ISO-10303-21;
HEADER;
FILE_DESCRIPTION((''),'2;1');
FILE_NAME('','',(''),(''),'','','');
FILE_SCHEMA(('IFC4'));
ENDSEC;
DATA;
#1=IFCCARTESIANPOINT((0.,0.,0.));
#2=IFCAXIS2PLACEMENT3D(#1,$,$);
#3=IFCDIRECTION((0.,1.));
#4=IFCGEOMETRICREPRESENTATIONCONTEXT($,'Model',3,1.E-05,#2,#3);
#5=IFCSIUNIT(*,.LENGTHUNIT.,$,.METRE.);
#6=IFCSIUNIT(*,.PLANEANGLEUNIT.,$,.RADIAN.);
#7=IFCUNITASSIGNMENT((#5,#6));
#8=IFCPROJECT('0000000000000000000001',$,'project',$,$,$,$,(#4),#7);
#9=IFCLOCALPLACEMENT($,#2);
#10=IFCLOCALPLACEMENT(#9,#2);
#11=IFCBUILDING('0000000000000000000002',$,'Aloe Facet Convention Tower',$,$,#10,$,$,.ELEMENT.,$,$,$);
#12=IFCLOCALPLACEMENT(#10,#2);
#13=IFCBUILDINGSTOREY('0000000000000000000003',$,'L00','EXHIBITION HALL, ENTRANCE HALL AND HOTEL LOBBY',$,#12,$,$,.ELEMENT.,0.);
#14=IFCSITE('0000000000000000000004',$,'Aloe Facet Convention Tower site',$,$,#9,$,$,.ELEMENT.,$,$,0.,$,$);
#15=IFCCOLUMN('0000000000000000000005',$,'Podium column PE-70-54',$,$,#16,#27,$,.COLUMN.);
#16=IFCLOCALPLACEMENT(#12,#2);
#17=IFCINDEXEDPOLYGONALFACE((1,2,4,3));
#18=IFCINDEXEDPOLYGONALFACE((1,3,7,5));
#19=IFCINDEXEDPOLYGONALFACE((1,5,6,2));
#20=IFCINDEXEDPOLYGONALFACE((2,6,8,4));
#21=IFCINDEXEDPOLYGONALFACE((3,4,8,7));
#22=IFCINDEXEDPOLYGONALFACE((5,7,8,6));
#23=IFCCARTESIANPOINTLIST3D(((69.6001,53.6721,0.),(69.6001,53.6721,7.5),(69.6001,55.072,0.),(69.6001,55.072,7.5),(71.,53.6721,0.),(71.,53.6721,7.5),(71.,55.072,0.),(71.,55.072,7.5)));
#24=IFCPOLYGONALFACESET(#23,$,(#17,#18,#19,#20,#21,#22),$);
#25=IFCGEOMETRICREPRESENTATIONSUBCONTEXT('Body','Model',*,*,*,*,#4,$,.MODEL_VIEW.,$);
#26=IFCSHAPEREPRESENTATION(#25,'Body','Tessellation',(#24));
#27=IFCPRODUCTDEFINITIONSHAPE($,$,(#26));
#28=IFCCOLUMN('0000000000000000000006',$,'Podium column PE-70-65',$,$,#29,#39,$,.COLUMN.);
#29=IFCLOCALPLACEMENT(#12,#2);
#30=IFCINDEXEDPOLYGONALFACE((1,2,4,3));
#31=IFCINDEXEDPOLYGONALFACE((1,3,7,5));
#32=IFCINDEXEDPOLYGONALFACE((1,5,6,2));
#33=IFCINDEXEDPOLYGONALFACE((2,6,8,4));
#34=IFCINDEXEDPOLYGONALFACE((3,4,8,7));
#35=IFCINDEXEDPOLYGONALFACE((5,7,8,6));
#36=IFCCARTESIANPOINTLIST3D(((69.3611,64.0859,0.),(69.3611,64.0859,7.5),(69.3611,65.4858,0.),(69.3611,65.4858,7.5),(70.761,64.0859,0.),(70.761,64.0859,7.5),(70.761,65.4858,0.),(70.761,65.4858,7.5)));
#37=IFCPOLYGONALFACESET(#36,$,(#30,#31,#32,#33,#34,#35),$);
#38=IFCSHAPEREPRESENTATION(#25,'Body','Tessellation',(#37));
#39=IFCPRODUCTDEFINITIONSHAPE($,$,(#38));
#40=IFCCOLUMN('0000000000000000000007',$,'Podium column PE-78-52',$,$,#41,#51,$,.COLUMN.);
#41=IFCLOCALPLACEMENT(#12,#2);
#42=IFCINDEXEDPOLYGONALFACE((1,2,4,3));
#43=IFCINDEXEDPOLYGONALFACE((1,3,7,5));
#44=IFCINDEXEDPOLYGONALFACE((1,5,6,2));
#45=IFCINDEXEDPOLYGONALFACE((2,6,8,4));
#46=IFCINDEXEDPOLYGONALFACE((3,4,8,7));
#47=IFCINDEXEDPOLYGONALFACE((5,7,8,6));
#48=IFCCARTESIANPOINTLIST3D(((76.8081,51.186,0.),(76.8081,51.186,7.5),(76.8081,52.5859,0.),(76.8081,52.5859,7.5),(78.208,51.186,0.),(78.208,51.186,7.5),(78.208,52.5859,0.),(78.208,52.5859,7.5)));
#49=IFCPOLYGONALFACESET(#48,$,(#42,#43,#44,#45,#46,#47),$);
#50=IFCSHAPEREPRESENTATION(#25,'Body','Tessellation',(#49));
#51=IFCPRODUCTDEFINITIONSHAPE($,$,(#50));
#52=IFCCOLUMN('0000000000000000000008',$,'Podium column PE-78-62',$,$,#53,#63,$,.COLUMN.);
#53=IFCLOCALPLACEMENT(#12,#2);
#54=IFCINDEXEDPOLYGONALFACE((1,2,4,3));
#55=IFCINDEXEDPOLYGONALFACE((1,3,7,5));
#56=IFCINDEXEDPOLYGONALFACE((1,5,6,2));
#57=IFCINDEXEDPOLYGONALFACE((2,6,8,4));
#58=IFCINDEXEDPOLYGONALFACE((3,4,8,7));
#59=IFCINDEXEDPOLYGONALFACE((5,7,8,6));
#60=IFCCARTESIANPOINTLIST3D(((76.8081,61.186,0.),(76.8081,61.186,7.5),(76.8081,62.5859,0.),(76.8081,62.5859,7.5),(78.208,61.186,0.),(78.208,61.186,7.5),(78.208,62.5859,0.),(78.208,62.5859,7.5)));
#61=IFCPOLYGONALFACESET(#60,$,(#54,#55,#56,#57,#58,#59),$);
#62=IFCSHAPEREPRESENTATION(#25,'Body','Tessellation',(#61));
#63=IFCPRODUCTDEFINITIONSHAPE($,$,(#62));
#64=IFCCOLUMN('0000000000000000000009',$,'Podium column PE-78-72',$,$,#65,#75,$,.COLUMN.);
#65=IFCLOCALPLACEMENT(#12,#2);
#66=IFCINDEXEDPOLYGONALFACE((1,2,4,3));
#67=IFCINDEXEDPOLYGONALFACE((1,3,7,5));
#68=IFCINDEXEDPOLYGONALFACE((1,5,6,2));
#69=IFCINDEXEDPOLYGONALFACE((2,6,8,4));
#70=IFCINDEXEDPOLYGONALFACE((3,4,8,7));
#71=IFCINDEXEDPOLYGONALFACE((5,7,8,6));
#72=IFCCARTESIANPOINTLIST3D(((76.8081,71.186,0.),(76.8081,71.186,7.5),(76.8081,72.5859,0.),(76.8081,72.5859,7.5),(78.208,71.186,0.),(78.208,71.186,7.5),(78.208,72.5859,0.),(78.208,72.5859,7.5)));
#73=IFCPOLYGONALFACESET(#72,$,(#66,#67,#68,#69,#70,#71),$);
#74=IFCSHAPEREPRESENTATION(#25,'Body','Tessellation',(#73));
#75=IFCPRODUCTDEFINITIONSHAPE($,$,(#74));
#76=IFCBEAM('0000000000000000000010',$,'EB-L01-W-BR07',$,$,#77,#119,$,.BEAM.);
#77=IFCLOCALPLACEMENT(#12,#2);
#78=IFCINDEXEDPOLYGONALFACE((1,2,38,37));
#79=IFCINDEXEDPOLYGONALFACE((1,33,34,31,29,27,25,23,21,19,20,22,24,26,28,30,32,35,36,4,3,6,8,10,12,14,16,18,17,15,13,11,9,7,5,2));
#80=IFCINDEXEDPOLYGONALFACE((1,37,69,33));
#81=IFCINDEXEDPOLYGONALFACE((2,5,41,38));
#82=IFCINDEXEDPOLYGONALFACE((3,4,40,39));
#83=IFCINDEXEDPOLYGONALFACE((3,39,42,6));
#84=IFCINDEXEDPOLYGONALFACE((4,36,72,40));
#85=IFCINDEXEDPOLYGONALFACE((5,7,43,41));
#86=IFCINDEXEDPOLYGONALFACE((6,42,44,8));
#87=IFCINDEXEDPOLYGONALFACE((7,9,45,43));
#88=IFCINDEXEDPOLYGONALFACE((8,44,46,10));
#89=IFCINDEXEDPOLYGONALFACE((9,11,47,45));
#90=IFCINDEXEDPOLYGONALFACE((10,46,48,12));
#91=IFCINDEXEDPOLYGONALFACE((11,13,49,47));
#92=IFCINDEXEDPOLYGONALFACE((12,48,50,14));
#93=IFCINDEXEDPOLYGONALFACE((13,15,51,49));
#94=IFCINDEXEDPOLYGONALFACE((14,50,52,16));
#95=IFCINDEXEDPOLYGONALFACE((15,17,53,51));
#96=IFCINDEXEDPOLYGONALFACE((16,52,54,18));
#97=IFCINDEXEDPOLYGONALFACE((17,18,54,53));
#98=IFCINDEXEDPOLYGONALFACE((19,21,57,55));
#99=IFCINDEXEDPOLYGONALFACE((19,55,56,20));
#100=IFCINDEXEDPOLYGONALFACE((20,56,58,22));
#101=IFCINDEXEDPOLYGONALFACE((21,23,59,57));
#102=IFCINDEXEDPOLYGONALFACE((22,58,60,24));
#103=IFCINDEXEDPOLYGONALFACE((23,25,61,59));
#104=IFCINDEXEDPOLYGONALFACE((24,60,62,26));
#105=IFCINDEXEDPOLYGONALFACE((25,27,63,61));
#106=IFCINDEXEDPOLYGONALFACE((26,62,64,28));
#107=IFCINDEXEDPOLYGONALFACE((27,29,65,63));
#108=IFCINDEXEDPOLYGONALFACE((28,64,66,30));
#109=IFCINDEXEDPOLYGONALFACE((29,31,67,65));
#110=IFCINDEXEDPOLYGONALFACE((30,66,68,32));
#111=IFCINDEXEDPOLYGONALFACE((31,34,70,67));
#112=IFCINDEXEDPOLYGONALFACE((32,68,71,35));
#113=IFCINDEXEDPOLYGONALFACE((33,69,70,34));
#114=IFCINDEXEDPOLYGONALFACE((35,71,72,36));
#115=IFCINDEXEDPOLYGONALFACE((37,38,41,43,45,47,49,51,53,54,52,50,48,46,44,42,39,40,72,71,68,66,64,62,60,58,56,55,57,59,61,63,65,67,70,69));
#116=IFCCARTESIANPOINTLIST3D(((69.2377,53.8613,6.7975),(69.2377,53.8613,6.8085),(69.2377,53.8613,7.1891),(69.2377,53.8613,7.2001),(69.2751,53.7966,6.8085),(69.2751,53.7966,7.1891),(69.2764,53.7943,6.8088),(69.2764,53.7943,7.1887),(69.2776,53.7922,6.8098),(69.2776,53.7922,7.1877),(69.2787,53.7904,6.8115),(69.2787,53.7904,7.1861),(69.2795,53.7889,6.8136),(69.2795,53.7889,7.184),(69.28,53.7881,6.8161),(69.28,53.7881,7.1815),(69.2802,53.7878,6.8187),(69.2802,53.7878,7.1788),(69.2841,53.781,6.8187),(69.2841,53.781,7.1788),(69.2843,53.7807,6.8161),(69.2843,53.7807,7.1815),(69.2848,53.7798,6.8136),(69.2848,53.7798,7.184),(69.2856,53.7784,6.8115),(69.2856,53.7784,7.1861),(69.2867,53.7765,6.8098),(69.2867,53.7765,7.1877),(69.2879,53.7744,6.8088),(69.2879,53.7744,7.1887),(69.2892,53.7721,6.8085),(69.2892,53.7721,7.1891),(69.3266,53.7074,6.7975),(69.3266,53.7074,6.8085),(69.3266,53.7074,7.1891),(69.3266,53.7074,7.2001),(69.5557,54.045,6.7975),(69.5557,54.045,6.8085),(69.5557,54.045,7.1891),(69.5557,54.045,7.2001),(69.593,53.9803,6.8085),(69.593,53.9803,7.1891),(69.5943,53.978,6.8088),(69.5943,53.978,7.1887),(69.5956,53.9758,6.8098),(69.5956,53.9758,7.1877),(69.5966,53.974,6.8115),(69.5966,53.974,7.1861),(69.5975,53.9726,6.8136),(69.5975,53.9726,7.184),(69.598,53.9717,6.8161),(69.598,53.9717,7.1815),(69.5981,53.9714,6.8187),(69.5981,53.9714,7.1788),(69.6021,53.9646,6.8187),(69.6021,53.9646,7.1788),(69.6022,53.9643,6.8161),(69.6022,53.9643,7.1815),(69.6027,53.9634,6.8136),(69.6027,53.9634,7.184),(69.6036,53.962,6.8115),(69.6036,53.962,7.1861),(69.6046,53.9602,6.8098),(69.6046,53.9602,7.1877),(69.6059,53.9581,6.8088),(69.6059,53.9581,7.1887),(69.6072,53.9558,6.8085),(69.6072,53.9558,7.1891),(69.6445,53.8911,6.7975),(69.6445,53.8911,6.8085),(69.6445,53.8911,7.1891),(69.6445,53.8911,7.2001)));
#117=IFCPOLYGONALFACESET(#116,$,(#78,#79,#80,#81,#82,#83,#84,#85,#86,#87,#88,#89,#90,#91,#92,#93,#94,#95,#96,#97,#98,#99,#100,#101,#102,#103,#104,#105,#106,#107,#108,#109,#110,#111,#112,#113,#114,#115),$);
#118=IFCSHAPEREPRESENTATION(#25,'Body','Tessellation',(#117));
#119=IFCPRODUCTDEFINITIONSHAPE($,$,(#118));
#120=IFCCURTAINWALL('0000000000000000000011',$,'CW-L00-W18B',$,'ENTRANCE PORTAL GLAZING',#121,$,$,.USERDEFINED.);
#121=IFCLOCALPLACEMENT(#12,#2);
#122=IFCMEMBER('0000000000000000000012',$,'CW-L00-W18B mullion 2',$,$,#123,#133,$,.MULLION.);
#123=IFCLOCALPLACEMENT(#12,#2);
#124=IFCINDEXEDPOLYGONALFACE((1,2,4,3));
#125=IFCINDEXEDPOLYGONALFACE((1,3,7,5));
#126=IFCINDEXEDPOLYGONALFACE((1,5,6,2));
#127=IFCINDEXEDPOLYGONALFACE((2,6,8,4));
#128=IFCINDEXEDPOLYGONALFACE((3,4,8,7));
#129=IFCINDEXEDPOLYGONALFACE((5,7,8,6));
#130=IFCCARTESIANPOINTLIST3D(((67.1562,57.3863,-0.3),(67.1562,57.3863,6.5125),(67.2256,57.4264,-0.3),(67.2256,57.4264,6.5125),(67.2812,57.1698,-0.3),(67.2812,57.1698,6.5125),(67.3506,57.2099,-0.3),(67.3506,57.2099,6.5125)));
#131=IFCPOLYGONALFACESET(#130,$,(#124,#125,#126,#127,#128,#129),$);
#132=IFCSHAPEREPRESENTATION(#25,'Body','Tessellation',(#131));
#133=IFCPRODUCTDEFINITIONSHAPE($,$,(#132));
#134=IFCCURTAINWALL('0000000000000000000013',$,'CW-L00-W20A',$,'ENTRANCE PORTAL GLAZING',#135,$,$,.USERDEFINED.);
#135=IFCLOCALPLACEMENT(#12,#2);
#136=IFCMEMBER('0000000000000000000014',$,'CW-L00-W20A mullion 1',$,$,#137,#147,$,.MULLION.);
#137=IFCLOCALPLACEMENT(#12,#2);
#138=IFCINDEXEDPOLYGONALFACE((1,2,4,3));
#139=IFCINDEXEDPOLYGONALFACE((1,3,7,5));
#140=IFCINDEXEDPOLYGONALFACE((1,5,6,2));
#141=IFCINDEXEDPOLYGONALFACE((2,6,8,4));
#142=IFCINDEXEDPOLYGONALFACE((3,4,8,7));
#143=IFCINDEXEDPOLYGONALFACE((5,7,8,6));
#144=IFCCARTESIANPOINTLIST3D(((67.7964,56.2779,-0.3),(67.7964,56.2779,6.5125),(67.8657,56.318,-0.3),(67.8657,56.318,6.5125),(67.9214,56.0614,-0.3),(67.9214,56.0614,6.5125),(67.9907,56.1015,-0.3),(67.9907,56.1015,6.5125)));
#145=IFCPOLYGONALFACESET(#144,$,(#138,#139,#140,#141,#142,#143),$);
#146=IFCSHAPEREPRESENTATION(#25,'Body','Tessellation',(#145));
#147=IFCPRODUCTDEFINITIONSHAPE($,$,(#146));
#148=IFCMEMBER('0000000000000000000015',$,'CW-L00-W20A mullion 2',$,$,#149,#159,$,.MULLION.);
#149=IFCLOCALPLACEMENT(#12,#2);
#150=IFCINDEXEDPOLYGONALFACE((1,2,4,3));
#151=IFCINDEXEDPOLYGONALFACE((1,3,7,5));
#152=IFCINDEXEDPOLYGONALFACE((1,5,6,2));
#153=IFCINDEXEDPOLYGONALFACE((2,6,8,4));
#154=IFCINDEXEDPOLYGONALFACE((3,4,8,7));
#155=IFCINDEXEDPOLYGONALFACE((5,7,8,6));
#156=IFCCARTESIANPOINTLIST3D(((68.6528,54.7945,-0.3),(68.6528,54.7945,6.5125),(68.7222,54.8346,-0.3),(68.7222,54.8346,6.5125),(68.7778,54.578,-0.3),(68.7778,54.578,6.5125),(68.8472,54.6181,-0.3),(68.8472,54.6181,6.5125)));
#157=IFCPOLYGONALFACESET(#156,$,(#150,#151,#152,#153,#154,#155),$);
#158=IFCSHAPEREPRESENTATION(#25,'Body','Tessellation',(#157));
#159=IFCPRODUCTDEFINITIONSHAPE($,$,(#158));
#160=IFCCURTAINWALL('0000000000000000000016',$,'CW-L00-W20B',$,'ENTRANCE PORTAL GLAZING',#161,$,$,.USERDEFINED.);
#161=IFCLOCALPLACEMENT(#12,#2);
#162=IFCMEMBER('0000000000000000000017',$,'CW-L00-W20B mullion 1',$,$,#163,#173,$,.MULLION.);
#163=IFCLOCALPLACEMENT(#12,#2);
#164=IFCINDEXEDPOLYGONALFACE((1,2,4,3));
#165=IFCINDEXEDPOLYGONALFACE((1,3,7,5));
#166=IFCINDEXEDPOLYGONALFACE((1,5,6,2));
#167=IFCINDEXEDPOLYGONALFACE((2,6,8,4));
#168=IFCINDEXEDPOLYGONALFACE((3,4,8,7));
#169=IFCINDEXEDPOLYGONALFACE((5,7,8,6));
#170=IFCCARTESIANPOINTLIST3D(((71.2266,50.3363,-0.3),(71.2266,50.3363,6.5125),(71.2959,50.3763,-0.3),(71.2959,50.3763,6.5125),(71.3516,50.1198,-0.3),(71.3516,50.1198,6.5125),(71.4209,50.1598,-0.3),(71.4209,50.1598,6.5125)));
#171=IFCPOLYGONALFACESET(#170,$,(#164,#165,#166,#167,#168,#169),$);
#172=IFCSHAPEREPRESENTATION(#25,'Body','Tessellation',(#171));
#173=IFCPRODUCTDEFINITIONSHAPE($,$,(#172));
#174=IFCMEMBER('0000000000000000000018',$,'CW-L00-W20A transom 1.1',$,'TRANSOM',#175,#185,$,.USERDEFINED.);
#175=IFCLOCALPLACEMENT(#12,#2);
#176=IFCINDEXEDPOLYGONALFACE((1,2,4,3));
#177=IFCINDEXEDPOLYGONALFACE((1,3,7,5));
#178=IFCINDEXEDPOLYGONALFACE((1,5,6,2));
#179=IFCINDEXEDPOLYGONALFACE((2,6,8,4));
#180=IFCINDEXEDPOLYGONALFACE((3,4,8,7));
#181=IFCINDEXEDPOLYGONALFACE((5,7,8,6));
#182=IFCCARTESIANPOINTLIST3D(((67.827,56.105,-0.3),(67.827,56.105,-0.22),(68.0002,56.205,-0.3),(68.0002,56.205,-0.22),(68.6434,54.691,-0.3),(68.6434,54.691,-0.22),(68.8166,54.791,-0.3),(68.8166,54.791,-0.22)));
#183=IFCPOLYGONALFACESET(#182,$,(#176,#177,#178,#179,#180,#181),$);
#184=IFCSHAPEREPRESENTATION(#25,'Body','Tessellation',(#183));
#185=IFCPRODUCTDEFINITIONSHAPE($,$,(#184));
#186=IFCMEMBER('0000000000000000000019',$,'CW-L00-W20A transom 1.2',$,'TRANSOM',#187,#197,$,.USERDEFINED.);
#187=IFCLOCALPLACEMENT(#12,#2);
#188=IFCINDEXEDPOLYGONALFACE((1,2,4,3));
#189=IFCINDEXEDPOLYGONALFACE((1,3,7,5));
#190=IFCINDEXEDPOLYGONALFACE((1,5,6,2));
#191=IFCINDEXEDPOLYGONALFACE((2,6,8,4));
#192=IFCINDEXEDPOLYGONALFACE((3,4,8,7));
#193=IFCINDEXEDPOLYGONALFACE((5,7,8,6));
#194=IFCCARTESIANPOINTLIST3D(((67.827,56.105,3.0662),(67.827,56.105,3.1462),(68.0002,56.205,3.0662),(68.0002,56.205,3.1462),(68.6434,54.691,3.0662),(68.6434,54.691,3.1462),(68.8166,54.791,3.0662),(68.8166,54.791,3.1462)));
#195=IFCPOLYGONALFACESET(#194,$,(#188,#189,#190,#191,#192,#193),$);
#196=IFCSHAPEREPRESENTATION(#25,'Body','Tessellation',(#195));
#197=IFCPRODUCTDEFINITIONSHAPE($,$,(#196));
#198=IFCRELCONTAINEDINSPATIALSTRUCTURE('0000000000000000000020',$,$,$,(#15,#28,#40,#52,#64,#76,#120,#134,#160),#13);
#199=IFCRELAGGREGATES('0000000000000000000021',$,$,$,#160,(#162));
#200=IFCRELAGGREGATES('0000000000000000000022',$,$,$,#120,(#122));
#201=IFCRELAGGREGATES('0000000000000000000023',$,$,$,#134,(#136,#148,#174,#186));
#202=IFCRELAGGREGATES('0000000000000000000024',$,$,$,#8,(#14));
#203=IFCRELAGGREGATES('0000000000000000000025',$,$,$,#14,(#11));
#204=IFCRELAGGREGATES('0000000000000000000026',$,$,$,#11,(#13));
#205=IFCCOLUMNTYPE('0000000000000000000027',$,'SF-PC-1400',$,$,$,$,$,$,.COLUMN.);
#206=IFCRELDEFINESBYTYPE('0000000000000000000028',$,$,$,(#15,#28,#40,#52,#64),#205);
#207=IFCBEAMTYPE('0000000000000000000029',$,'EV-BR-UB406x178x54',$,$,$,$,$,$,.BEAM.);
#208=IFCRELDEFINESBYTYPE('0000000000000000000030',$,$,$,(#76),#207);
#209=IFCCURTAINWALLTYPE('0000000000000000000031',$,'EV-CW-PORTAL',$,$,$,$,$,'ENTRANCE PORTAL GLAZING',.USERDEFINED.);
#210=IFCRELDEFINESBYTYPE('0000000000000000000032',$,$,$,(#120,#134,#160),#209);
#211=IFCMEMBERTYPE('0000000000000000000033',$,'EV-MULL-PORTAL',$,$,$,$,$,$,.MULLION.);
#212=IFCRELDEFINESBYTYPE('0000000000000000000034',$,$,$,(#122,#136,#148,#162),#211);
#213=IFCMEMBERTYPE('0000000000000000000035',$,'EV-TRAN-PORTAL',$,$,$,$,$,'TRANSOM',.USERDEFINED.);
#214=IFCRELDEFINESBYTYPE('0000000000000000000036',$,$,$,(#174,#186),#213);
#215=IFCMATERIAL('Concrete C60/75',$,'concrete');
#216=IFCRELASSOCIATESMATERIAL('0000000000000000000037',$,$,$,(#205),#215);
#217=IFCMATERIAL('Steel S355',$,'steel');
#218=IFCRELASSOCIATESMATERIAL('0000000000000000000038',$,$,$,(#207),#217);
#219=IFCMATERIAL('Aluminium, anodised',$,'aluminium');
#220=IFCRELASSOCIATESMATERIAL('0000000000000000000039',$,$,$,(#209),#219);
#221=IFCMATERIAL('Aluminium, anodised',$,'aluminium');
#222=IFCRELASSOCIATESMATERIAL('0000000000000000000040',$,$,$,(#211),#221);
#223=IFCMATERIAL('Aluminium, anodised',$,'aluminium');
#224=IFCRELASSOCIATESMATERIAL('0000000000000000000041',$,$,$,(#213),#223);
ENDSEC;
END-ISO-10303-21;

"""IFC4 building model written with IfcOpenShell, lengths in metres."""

from ifc_helpers import new_model, si_unit, direction, frame, origin, origin_2d, place, context, subcontext, project, spatial, rectangle, i_section, extrude, material, material_profile, profile_set, type_object, element, aggregate, save


model = new_model("IFC4")

# Units and contexts
model_context = context("Model", 3, precision=1e-05, world=origin(), true_north=direction((0.0, 1.0)))
body_context = subcontext(model_context, "Body", "Model", "MODEL_VIEW")
ifc_project = project(units=[si_unit("LENGTHUNIT", "METRE"), si_unit("PLANEANGLEUNIT", "RADIAN")], contexts=[model_context])

# Site, building, storey
site_placement = place(None, origin())
site = spatial("IfcSite", under=ifc_project, at=site_placement, Name="Aloe Facet Convention Tower site", CompositionType="ELEMENT", RefElevation=0.0)
building_placement = place(site_placement, origin())
building = spatial("IfcBuilding", under=site, at=building_placement, Name="Aloe Facet Convention Tower", CompositionType="ELEMENT")
storey_placement = place(building_placement, origin())
storey = spatial("IfcBuildingStorey", under=building, at=storey_placement, Name="L00", Description="EXHIBITION HALL, ENTRANCE HALL AND HOTEL LOBBY", CompositionType="ELEMENT", Elevation=0.0)

# Columns
ifc_material_1 = material(Name="Concrete C60/75", Category="concrete")
ifc_material_profile_1 = material_profile(ifc_material_1, rectangle(XDim=1.3999, YDim=1.3999, at=origin_2d()), Name="SF-PC-1400")
ifc_profile_set_1 = profile_set([ifc_material_profile_1], Name="Concrete C60/75")
column_type = type_object("IfcColumnType", Name="SF-PC-1400", PredefinedType="COLUMN", material=ifc_profile_set_1)
for number, where, z_axis, x_axis, name in (
    (1, (70.3, 54.3721, 0.0), (0.0, 0.0, 1.0), (1.0, 0.0, 0.0), "Podium column PE-70-54"),
    (2, (70.061, 64.7859, 0.0), (0.0, 0.0, 1.0), (1.0, 0.0, 0.0), "Podium column PE-70-65"),
    (3, (77.5081, 51.886, 0.0), (0.0, 0.0, 1.0), (1.0, 0.0, 0.0), "Podium column PE-78-52"),
    (4, (77.5081, 61.886, 0.0), (0.0, 0.0, 1.0), (1.0, 0.0, 0.0), "Podium column PE-78-62"),
    (5, (77.5081, 71.886, 0.0), (0.0, 0.0, 1.0), (1.0, 0.0, 0.0), "Podium column PE-78-72"),
):
    element("IfcColumn", number, at=place(storey_placement, frame(where, z_axis=z_axis, x_axis=x_axis)), inside=storey, type_object=column_type, Name=name, PredefinedType="COLUMN", context=body_context, shape_type="SweptSolid", body=[
        extrude(rectangle(XDim=1.3999, YDim=1.3999, at=origin_2d()), origin(), (0.0, 0.0, 1.0), 7.5),
    ])

# Beam
ifc_material_2 = material(Name="Steel S355", Category="steel")
ifc_material_profile_2 = material_profile(ifc_material_2, i_section(OverallWidth=0.1777, OverallDepth=0.4026, WebThickness=0.0078, FlangeThickness=0.011, FilletRadius=0.0103, at=origin_2d()), Name="UB 406x178x54")
ifc_profile_set_2 = profile_set([ifc_material_profile_2], Name="Steel S355")
beam_type_1 = type_object("IfcBeamType", Name="EV-BR-UB406x178x54", PredefinedType="BEAM", material=ifc_profile_set_2)
beam_1_placement = place(storey_placement, frame((69.6001, 53.968, 6.9988), z_axis=(-0.865942, -0.500145, 0.0), x_axis=(0.500145, -0.865942, 0.0)))
element("IfcBeam", 6, at=beam_1_placement, inside=storey, type_object=beam_type_1, Name="EB-L01-W-BR07", PredefinedType="BEAM", context=body_context, shape_type="SweptSolid", body=[
    extrude(i_section(OverallWidth=0.1777, OverallDepth=0.4026, WebThickness=0.0078, FlangeThickness=0.011, FilletRadius=0.0103, at=origin_2d()), origin(), (0.0, 0.0, 1.0), 0.3672),
])

# Curtain wall, member
ifc_material_3 = material(Name="Aluminium, anodised", Category="aluminium")
curtain_wall_type = type_object("IfcCurtainWallType", Name="EV-CW-PORTAL", ElementType="ENTRANCE PORTAL GLAZING", PredefinedType="USERDEFINED", material=ifc_material_3)
curtain_wall_1_placement = place(storey_placement, origin())
curtain_wall_1 = element("IfcCurtainWall", 7, at=curtain_wall_1_placement, inside=storey, type_object=curtain_wall_type, Name="CW-L00-W18B", ObjectType="ENTRANCE PORTAL GLAZING", PredefinedType="USERDEFINED")
ifc_material_4 = material(Name="Aluminium, anodised", Category="aluminium")
ifc_material_profile_3 = material_profile(ifc_material_4, rectangle(XDim=0.0801, YDim=0.25, at=origin_2d()), Name="AL 80x250")
ifc_profile_set_3 = profile_set([ifc_material_profile_3], Name="Aluminium, anodised")
member_type_1 = type_object("IfcMemberType", Name="EV-MULL-PORTAL", PredefinedType="MULLION", material=ifc_profile_set_3)
member_1_placement = place(storey_placement, frame((67.2534, 57.2981, -0.3), z_axis=(0.0, 0.0, 1.0), x_axis=(0.866025, 0.5, 0.0)))
member_1 = element("IfcMember", 8, at=member_1_placement, type_object=member_type_1, Name="CW-L00-W18B mullion 2", PredefinedType="MULLION", context=body_context, shape_type="SweptSolid", body=[
    extrude(rectangle(XDim=0.0801, YDim=0.25, at=origin_2d()), origin(), (0.0, 0.0, 1.0), 6.8125),
])

# Curtain wall, members
curtain_wall_2_placement = place(storey_placement, origin())
curtain_wall_2 = element("IfcCurtainWall", 9, at=curtain_wall_2_placement, inside=storey, type_object=curtain_wall_type, Name="CW-L00-W20A", ObjectType="ENTRANCE PORTAL GLAZING", PredefinedType="USERDEFINED")
member_2_placement = place(storey_placement, frame((67.8936, 56.1897, -0.3), z_axis=(0.0, 0.0, 1.0), x_axis=(0.866025, 0.5, 0.0)))
member_2 = element("IfcMember", 10, at=member_2_placement, type_object=member_type_1, Name="CW-L00-W20A mullion 1", PredefinedType="MULLION", context=body_context, shape_type="SweptSolid", body=[
    extrude(rectangle(XDim=0.0801, YDim=0.25, at=origin_2d()), origin(), (0.0, 0.0, 1.0), 6.8125),
])
member_3_placement = place(storey_placement, frame((68.75, 54.7063, -0.3), z_axis=(0.0, 0.0, 1.0), x_axis=(0.866025, 0.5, 0.0)))
member_3 = element("IfcMember", 11, at=member_3_placement, type_object=member_type_1, Name="CW-L00-W20A mullion 2", PredefinedType="MULLION", context=body_context, shape_type="SweptSolid", body=[
    extrude(rectangle(XDim=0.0801, YDim=0.25, at=origin_2d()), origin(), (0.0, 0.0, 1.0), 6.8125),
])

# Curtain wall, member
curtain_wall_3_placement = place(storey_placement, origin())
curtain_wall_3 = element("IfcCurtainWall", 12, at=curtain_wall_3_placement, inside=storey, type_object=curtain_wall_type, Name="CW-L00-W20B", ObjectType="ENTRANCE PORTAL GLAZING", PredefinedType="USERDEFINED")
member_4_placement = place(storey_placement, frame((71.3237, 50.248, -0.3), z_axis=(0.0, 0.0, 1.0), x_axis=(0.866025, 0.5, 0.0)))
member_4 = element("IfcMember", 13, at=member_4_placement, type_object=member_type_1, Name="CW-L00-W20B mullion 1", PredefinedType="MULLION", context=body_context, shape_type="SweptSolid", body=[
    extrude(rectangle(XDim=0.0801, YDim=0.25, at=origin_2d()), origin(), (0.0, 0.0, 1.0), 6.8125),
])
aggregate(curtain_wall_3, [member_4])

# Members
ifc_material_5 = material(Name="Aluminium, anodised", Category="aluminium")
ifc_material_profile_4 = material_profile(ifc_material_5, rectangle(XDim=0.2, YDim=0.0801, at=origin_2d()), Name="AL 200x80")
ifc_profile_set_4 = profile_set([ifc_material_profile_4], Name="Aluminium, anodised")
member_type_2 = type_object("IfcMemberType", Name="EV-TRAN-PORTAL", ElementType="TRANSOM", PredefinedType="USERDEFINED", material=ifc_profile_set_4)
member_5_placement = place(storey_placement, frame((67.9136, 56.155, -0.26), z_axis=(0.499999, -0.866026, 0.0), x_axis=(0.866026, 0.499999, 0.0)))
member_5 = element("IfcMember", 14, at=member_5_placement, type_object=member_type_2, Name="CW-L00-W20A transom 1.1", ObjectType="TRANSOM", PredefinedType="USERDEFINED", context=body_context, shape_type="SweptSolid", body=[
    extrude(rectangle(XDim=0.2, YDim=0.0801, at=origin_2d()), origin(), (0.0, 0.0, 1.0), 1.6328),
])
member_6_placement = place(storey_placement, frame((67.9136, 56.155, 3.1062), z_axis=(0.499999, -0.866026, 0.0), x_axis=(0.866026, 0.499999, 0.0)))
member_6 = element("IfcMember", 15, at=member_6_placement, type_object=member_type_2, Name="CW-L00-W20A transom 1.2", ObjectType="TRANSOM", PredefinedType="USERDEFINED", context=body_context, shape_type="SweptSolid", body=[
    extrude(rectangle(XDim=0.2, YDim=0.0801, at=origin_2d()), origin(), (0.0, 0.0, 1.0), 1.6328),
])

aggregate(curtain_wall_1, [member_1])
aggregate(curtain_wall_2, [member_2, member_3, member_5, member_6])

save(model, "model.ifc")
